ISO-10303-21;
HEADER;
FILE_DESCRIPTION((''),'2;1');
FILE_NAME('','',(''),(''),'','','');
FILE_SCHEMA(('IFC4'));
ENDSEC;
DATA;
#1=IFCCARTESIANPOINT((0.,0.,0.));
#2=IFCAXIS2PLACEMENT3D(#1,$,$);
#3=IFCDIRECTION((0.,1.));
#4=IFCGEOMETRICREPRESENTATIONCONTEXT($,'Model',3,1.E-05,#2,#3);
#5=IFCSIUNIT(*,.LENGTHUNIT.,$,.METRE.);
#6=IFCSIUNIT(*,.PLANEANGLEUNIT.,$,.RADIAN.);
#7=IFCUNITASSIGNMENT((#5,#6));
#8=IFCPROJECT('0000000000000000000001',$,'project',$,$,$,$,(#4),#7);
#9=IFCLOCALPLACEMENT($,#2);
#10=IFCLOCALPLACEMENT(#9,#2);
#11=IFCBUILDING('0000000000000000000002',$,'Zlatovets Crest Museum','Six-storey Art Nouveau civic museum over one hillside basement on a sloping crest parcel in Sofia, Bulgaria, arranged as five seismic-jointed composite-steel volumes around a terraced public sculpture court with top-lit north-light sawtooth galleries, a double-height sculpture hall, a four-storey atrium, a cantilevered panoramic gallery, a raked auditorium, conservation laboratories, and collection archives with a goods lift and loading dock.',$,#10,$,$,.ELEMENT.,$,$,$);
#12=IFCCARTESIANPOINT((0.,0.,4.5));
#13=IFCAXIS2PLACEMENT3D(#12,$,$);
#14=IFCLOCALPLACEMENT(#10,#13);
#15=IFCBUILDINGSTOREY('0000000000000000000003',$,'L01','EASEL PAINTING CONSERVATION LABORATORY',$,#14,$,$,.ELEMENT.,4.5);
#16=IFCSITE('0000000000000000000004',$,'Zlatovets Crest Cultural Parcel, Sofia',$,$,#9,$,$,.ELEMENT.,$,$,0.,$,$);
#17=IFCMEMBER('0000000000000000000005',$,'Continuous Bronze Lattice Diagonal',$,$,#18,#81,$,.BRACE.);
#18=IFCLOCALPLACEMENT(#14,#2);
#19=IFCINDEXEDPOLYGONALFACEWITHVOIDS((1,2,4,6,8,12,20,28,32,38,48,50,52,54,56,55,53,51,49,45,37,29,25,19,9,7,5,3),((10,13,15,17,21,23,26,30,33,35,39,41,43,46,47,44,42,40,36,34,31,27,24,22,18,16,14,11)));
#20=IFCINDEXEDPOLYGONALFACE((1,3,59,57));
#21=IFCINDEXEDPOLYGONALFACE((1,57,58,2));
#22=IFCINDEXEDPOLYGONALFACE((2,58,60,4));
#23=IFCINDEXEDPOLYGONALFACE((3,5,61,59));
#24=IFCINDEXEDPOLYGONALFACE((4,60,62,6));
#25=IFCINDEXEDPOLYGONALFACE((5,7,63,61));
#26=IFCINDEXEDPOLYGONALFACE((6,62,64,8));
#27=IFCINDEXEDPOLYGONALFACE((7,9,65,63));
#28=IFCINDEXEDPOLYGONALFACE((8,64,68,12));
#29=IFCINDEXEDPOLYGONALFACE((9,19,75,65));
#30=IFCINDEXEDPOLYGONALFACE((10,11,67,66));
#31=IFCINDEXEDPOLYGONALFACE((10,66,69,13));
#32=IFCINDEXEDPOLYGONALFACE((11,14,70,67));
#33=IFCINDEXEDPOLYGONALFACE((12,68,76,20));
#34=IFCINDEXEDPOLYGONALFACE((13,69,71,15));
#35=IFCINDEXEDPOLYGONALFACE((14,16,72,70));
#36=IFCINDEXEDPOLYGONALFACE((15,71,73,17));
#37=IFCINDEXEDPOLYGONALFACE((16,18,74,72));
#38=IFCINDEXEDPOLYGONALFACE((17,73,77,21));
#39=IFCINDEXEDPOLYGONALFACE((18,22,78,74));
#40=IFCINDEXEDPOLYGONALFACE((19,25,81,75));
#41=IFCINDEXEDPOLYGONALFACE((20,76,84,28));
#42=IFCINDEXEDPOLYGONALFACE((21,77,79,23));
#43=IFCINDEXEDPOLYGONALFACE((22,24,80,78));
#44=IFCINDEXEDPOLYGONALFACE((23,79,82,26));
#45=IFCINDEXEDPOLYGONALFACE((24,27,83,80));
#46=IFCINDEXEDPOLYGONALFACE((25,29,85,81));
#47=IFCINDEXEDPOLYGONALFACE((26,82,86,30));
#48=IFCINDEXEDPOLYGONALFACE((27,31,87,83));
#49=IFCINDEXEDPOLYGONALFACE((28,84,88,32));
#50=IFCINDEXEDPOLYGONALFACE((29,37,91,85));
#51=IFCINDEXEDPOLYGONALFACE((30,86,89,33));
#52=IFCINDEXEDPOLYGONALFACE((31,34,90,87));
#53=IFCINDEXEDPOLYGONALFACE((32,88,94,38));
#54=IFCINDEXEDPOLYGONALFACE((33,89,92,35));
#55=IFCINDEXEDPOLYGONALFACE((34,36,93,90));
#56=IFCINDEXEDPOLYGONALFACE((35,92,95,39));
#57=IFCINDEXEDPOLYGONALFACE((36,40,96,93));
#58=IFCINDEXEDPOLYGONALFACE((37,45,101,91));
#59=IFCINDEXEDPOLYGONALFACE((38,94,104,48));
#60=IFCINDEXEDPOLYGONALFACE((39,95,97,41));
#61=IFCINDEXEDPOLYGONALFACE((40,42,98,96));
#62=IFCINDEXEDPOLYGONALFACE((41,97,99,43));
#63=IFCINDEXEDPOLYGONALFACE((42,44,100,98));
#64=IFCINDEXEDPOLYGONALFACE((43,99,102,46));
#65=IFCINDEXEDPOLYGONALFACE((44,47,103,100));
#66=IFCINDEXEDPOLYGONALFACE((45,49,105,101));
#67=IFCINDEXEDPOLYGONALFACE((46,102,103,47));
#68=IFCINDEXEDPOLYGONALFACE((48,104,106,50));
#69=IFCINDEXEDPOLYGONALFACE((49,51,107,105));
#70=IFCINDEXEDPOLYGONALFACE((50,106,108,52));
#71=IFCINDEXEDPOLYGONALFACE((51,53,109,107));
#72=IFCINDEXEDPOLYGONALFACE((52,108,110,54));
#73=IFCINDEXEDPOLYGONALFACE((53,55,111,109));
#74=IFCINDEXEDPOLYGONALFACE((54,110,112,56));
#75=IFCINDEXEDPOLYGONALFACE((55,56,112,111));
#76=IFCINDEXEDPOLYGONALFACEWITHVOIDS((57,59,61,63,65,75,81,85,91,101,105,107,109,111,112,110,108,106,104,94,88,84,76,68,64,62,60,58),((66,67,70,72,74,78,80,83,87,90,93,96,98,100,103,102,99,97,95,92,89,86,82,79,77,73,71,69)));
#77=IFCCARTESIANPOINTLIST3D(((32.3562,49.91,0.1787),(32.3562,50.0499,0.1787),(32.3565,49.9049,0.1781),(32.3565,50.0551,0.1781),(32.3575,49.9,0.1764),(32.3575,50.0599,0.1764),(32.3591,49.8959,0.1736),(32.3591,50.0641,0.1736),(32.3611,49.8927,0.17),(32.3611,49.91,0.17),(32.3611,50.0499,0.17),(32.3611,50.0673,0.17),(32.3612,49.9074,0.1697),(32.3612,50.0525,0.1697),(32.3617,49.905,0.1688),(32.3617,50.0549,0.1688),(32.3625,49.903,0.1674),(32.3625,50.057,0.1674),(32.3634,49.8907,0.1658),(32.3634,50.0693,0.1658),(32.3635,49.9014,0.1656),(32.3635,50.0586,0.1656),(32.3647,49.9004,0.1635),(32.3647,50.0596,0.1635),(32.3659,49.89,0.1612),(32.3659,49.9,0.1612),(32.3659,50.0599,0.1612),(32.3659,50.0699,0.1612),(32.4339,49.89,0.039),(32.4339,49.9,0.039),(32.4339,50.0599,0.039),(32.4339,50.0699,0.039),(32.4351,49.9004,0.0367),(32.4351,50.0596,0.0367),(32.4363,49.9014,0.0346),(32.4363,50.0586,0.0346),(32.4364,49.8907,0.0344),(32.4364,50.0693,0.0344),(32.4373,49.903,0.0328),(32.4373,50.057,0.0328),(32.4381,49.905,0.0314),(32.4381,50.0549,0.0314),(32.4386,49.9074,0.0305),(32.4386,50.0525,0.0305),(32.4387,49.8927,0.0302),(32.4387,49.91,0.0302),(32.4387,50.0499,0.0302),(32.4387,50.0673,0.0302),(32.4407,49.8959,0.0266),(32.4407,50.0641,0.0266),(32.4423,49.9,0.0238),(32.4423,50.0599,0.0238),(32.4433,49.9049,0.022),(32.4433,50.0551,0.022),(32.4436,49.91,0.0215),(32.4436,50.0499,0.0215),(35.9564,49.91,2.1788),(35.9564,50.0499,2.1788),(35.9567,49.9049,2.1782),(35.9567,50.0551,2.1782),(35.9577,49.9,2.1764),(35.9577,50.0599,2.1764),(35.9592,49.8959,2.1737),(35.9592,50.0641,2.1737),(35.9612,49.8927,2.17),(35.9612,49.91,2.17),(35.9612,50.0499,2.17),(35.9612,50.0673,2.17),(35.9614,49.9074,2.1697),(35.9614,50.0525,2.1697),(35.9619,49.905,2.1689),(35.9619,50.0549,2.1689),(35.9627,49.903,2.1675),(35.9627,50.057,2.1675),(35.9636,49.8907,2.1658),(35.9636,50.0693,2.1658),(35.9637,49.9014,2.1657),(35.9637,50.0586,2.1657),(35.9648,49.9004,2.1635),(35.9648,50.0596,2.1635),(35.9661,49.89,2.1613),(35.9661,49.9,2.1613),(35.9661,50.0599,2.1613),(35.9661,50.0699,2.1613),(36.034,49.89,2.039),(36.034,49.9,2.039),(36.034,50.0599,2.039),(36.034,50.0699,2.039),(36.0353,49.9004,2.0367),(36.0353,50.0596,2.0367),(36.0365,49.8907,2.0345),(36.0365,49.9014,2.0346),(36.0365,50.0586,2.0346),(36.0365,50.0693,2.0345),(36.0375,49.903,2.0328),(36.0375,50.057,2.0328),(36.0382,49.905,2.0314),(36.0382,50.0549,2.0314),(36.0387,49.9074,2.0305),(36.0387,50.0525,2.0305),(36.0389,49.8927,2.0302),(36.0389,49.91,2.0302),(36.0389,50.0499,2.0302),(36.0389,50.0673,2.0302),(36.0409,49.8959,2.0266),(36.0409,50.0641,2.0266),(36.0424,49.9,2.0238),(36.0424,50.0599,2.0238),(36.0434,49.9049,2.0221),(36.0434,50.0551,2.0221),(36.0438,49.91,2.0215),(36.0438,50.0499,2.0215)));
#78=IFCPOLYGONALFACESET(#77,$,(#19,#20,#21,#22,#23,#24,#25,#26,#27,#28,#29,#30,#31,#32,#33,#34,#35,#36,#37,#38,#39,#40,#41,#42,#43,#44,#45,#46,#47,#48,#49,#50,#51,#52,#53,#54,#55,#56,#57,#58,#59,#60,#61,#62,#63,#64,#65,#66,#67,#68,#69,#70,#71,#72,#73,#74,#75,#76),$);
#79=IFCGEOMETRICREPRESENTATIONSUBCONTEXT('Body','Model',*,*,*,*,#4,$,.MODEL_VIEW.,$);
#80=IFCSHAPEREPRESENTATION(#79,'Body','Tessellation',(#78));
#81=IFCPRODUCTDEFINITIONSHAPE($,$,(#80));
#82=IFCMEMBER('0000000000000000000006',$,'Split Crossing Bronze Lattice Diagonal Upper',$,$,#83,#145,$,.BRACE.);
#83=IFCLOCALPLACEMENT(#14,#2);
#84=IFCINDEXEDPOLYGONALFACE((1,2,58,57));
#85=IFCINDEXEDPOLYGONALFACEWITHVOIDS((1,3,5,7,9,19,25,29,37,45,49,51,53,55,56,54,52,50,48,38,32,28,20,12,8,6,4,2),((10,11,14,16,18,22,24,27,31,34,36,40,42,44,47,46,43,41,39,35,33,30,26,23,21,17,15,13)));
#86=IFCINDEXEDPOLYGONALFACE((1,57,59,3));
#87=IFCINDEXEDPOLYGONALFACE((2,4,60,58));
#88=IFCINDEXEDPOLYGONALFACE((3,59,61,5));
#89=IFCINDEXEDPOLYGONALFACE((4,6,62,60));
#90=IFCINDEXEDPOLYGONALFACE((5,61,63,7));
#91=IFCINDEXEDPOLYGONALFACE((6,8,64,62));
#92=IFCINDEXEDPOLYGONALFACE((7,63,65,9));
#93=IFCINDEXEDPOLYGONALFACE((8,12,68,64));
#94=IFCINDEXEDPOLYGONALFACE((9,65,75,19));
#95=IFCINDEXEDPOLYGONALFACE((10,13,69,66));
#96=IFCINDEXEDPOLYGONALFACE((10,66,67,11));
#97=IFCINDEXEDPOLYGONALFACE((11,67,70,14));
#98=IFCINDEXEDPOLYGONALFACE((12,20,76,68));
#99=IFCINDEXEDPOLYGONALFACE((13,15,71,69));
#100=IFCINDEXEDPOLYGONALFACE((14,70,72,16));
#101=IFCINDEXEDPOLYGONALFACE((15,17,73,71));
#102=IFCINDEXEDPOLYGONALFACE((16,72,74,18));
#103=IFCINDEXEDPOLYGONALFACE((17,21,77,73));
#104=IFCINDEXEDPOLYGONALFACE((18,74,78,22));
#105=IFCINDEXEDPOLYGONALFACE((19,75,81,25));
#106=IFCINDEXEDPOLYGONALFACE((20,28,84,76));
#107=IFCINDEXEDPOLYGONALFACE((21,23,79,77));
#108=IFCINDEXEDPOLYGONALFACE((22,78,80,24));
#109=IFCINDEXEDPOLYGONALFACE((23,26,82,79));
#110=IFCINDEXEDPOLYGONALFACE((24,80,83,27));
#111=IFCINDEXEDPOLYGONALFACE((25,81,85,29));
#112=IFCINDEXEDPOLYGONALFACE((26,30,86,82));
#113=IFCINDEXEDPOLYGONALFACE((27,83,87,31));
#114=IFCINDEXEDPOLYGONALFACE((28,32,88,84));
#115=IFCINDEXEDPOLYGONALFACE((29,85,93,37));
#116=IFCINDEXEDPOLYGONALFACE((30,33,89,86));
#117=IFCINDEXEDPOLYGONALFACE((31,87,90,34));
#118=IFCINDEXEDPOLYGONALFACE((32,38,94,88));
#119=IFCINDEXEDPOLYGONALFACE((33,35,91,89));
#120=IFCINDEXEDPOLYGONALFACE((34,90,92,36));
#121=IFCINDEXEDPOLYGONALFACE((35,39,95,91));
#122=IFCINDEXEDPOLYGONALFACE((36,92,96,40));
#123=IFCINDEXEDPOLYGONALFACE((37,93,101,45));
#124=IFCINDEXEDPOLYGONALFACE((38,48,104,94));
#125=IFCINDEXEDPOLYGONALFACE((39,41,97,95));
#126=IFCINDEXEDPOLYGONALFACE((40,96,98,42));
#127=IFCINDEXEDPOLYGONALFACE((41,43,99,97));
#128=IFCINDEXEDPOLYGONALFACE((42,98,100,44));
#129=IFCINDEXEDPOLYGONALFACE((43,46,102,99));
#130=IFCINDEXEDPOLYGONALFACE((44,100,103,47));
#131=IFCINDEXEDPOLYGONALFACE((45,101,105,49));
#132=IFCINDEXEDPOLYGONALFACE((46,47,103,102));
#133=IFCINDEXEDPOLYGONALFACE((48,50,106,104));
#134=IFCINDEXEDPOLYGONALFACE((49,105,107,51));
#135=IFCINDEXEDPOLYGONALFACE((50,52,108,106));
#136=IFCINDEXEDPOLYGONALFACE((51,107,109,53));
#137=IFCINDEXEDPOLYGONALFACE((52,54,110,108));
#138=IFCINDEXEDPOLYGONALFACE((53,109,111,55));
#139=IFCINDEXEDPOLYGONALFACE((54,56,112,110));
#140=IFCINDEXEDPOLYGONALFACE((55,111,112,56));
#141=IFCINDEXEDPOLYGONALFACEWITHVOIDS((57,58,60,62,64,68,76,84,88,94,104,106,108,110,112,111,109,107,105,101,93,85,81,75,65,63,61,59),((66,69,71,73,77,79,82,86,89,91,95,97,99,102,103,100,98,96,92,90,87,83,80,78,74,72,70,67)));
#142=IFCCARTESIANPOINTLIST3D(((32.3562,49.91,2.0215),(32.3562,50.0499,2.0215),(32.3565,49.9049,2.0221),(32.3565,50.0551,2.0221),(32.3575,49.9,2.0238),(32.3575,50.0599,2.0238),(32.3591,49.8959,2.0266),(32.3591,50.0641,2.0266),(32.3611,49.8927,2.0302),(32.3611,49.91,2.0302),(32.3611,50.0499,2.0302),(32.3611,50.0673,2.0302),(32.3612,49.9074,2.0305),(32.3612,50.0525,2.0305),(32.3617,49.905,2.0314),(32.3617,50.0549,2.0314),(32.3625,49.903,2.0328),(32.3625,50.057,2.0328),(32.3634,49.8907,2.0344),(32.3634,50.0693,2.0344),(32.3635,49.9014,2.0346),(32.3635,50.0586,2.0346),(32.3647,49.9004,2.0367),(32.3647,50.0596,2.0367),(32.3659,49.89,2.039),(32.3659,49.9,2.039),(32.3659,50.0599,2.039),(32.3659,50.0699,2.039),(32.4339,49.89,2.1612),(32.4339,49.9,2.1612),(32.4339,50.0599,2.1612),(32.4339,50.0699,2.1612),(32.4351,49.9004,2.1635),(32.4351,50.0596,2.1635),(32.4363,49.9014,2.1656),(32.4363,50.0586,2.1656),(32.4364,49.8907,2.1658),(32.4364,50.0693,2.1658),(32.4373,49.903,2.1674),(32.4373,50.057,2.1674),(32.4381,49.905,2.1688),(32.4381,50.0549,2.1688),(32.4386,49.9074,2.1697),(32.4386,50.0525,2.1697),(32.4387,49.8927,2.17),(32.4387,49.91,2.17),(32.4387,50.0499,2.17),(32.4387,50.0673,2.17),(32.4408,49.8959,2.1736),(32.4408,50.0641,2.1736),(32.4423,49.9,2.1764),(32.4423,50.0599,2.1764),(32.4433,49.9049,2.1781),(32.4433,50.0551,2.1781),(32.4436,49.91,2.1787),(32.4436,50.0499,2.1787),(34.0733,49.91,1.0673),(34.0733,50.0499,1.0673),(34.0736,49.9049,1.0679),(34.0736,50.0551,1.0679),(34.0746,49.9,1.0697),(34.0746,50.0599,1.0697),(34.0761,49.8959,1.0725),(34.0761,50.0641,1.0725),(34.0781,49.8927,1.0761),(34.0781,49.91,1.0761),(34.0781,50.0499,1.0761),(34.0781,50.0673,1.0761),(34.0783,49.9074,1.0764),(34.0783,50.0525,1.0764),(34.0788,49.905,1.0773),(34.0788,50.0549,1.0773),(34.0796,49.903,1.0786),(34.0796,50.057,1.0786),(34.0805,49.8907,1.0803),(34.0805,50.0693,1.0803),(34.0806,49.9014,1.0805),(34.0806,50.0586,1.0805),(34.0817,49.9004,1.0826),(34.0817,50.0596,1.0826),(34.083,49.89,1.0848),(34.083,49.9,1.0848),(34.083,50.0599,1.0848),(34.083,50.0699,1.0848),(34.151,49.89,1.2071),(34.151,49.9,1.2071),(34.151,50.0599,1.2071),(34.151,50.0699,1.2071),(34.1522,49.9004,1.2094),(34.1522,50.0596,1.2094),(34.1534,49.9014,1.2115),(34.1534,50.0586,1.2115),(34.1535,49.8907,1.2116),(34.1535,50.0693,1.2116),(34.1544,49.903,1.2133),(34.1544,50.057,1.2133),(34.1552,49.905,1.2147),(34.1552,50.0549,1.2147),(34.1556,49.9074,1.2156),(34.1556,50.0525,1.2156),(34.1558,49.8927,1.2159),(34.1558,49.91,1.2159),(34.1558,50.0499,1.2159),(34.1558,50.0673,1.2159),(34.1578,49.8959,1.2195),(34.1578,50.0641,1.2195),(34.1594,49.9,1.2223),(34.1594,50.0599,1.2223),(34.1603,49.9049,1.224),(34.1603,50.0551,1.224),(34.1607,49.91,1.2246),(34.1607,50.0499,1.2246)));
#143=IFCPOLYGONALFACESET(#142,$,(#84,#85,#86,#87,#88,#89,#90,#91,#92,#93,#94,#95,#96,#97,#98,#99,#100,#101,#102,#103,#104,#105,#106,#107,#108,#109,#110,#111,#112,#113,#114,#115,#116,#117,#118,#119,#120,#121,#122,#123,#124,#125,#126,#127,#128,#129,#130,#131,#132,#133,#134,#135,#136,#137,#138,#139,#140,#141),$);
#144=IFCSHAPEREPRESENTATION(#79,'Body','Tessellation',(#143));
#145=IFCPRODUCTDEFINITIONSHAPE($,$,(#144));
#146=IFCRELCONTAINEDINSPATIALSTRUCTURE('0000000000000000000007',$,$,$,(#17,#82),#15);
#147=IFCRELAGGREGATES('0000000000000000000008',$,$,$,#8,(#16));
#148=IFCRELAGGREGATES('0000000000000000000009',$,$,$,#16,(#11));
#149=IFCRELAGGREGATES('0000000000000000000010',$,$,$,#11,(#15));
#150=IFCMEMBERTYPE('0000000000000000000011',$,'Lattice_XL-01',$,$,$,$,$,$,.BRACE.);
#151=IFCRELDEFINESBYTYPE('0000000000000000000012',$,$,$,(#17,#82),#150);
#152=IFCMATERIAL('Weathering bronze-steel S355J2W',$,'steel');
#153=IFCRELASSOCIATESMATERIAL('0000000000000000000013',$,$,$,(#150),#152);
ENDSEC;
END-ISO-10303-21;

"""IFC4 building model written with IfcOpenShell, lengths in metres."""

from ifc_helpers import new_model, si_unit, direction, frame, origin, origin_2d, place, context, subcontext, project, spatial, hollow_rectangle, extrude, material, material_profile, profile_set, type_object, element, save


model = new_model("IFC4")

# Units and contexts
model_context = context("Model", 3, precision=1e-05, world=origin(), true_north=direction((0.0, 1.0)))
body_context = subcontext(model_context, "Body", "Model", "MODEL_VIEW")
ifc_project = project(units=[si_unit("LENGTHUNIT", "METRE"), si_unit("PLANEANGLEUNIT", "RADIAN")], contexts=[model_context])

# Site, building, storey
site_placement = place(None, origin())
site = spatial("IfcSite", under=ifc_project, at=site_placement, Name="Zlatovets Crest Cultural Parcel, Sofia", CompositionType="ELEMENT", RefElevation=0.0)
building_placement = place(site_placement, origin())
building = spatial("IfcBuilding", under=site, at=building_placement, Name="Zlatovets Crest Museum", Description="Six-storey Art Nouveau civic museum over one hillside basement on a sloping crest parcel in Sofia, Bulgaria, arranged as five seismic-jointed composite-steel volumes around a terraced public sculpture court with top-lit north-light sawtooth galleries, a double-height sculpture hall, a four-storey atrium, a cantilevered panoramic gallery, a raked auditorium, conservation laboratories, and collection archives with a goods lift and loading dock.", CompositionType="ELEMENT")
storey_placement = place(building_placement, frame((0.0, 0.0, 4.5)))
storey = spatial("IfcBuildingStorey", under=building, at=storey_placement, Name="L01", Description="EASEL PAINTING CONSERVATION LABORATORY", CompositionType="ELEMENT", Elevation=4.5)

# Members
ifc_material_1 = material(Name="Weathering bronze-steel S355J2W", Category="steel")
ifc_material_profile_1 = material_profile(ifc_material_1, hollow_rectangle(XDim=0.1799, YDim=0.1799, WallThickness=0.01, InnerFilletRadius=0.01, OuterFilletRadius=0.02, at=origin_2d()), Name="SHS 180x180x10.0")
ifc_profile_set_1 = profile_set([ifc_material_profile_1], Name="Weathering bronze-steel S355J2W")
member_type_1 = type_object("IfcMemberType", Name="Lattice_XL-01", PredefinedType="BRACE", material=ifc_profile_set_1)
member_1_placement = place(storey_placement, frame((32.3999, 49.98, 0.1001), z_axis=(0.874163, 0.0, 0.485633), x_axis=(0.0, 1.0, 0.0)))
element("IfcMember", 1, at=member_1_placement, inside=storey, type_object=member_type_1, Name="Continuous Bronze Lattice Diagonal", PredefinedType="BRACE", context=body_context, shape_type="SweptSolid", body=[
    extrude(hollow_rectangle(XDim=0.1799, YDim=0.1799, WallThickness=0.01, InnerFilletRadius=0.01, OuterFilletRadius=0.02, at=origin_2d()), origin(), (0.0, 0.0, 1.0), 4.1184),
])
member_2_placement = place(storey_placement, frame((32.3999, 49.98, 2.1001), z_axis=(0.874116, 0.0, -0.485717), x_axis=(0.0, 1.0, 0.0)))
element("IfcMember", 2, at=member_2_placement, inside=storey, type_object=member_type_1, Name="Split Crossing Bronze Lattice Diagonal Upper", PredefinedType="BRACE", context=body_context, shape_type="SweptSolid", body=[
    extrude(hollow_rectangle(XDim=0.1799, YDim=0.1799, WallThickness=0.01, InnerFilletRadius=0.01, OuterFilletRadius=0.02, at=origin_2d()), origin(), (0.0, 0.0, 1.0), 1.9644),
])

save(model, "model.ifc")
